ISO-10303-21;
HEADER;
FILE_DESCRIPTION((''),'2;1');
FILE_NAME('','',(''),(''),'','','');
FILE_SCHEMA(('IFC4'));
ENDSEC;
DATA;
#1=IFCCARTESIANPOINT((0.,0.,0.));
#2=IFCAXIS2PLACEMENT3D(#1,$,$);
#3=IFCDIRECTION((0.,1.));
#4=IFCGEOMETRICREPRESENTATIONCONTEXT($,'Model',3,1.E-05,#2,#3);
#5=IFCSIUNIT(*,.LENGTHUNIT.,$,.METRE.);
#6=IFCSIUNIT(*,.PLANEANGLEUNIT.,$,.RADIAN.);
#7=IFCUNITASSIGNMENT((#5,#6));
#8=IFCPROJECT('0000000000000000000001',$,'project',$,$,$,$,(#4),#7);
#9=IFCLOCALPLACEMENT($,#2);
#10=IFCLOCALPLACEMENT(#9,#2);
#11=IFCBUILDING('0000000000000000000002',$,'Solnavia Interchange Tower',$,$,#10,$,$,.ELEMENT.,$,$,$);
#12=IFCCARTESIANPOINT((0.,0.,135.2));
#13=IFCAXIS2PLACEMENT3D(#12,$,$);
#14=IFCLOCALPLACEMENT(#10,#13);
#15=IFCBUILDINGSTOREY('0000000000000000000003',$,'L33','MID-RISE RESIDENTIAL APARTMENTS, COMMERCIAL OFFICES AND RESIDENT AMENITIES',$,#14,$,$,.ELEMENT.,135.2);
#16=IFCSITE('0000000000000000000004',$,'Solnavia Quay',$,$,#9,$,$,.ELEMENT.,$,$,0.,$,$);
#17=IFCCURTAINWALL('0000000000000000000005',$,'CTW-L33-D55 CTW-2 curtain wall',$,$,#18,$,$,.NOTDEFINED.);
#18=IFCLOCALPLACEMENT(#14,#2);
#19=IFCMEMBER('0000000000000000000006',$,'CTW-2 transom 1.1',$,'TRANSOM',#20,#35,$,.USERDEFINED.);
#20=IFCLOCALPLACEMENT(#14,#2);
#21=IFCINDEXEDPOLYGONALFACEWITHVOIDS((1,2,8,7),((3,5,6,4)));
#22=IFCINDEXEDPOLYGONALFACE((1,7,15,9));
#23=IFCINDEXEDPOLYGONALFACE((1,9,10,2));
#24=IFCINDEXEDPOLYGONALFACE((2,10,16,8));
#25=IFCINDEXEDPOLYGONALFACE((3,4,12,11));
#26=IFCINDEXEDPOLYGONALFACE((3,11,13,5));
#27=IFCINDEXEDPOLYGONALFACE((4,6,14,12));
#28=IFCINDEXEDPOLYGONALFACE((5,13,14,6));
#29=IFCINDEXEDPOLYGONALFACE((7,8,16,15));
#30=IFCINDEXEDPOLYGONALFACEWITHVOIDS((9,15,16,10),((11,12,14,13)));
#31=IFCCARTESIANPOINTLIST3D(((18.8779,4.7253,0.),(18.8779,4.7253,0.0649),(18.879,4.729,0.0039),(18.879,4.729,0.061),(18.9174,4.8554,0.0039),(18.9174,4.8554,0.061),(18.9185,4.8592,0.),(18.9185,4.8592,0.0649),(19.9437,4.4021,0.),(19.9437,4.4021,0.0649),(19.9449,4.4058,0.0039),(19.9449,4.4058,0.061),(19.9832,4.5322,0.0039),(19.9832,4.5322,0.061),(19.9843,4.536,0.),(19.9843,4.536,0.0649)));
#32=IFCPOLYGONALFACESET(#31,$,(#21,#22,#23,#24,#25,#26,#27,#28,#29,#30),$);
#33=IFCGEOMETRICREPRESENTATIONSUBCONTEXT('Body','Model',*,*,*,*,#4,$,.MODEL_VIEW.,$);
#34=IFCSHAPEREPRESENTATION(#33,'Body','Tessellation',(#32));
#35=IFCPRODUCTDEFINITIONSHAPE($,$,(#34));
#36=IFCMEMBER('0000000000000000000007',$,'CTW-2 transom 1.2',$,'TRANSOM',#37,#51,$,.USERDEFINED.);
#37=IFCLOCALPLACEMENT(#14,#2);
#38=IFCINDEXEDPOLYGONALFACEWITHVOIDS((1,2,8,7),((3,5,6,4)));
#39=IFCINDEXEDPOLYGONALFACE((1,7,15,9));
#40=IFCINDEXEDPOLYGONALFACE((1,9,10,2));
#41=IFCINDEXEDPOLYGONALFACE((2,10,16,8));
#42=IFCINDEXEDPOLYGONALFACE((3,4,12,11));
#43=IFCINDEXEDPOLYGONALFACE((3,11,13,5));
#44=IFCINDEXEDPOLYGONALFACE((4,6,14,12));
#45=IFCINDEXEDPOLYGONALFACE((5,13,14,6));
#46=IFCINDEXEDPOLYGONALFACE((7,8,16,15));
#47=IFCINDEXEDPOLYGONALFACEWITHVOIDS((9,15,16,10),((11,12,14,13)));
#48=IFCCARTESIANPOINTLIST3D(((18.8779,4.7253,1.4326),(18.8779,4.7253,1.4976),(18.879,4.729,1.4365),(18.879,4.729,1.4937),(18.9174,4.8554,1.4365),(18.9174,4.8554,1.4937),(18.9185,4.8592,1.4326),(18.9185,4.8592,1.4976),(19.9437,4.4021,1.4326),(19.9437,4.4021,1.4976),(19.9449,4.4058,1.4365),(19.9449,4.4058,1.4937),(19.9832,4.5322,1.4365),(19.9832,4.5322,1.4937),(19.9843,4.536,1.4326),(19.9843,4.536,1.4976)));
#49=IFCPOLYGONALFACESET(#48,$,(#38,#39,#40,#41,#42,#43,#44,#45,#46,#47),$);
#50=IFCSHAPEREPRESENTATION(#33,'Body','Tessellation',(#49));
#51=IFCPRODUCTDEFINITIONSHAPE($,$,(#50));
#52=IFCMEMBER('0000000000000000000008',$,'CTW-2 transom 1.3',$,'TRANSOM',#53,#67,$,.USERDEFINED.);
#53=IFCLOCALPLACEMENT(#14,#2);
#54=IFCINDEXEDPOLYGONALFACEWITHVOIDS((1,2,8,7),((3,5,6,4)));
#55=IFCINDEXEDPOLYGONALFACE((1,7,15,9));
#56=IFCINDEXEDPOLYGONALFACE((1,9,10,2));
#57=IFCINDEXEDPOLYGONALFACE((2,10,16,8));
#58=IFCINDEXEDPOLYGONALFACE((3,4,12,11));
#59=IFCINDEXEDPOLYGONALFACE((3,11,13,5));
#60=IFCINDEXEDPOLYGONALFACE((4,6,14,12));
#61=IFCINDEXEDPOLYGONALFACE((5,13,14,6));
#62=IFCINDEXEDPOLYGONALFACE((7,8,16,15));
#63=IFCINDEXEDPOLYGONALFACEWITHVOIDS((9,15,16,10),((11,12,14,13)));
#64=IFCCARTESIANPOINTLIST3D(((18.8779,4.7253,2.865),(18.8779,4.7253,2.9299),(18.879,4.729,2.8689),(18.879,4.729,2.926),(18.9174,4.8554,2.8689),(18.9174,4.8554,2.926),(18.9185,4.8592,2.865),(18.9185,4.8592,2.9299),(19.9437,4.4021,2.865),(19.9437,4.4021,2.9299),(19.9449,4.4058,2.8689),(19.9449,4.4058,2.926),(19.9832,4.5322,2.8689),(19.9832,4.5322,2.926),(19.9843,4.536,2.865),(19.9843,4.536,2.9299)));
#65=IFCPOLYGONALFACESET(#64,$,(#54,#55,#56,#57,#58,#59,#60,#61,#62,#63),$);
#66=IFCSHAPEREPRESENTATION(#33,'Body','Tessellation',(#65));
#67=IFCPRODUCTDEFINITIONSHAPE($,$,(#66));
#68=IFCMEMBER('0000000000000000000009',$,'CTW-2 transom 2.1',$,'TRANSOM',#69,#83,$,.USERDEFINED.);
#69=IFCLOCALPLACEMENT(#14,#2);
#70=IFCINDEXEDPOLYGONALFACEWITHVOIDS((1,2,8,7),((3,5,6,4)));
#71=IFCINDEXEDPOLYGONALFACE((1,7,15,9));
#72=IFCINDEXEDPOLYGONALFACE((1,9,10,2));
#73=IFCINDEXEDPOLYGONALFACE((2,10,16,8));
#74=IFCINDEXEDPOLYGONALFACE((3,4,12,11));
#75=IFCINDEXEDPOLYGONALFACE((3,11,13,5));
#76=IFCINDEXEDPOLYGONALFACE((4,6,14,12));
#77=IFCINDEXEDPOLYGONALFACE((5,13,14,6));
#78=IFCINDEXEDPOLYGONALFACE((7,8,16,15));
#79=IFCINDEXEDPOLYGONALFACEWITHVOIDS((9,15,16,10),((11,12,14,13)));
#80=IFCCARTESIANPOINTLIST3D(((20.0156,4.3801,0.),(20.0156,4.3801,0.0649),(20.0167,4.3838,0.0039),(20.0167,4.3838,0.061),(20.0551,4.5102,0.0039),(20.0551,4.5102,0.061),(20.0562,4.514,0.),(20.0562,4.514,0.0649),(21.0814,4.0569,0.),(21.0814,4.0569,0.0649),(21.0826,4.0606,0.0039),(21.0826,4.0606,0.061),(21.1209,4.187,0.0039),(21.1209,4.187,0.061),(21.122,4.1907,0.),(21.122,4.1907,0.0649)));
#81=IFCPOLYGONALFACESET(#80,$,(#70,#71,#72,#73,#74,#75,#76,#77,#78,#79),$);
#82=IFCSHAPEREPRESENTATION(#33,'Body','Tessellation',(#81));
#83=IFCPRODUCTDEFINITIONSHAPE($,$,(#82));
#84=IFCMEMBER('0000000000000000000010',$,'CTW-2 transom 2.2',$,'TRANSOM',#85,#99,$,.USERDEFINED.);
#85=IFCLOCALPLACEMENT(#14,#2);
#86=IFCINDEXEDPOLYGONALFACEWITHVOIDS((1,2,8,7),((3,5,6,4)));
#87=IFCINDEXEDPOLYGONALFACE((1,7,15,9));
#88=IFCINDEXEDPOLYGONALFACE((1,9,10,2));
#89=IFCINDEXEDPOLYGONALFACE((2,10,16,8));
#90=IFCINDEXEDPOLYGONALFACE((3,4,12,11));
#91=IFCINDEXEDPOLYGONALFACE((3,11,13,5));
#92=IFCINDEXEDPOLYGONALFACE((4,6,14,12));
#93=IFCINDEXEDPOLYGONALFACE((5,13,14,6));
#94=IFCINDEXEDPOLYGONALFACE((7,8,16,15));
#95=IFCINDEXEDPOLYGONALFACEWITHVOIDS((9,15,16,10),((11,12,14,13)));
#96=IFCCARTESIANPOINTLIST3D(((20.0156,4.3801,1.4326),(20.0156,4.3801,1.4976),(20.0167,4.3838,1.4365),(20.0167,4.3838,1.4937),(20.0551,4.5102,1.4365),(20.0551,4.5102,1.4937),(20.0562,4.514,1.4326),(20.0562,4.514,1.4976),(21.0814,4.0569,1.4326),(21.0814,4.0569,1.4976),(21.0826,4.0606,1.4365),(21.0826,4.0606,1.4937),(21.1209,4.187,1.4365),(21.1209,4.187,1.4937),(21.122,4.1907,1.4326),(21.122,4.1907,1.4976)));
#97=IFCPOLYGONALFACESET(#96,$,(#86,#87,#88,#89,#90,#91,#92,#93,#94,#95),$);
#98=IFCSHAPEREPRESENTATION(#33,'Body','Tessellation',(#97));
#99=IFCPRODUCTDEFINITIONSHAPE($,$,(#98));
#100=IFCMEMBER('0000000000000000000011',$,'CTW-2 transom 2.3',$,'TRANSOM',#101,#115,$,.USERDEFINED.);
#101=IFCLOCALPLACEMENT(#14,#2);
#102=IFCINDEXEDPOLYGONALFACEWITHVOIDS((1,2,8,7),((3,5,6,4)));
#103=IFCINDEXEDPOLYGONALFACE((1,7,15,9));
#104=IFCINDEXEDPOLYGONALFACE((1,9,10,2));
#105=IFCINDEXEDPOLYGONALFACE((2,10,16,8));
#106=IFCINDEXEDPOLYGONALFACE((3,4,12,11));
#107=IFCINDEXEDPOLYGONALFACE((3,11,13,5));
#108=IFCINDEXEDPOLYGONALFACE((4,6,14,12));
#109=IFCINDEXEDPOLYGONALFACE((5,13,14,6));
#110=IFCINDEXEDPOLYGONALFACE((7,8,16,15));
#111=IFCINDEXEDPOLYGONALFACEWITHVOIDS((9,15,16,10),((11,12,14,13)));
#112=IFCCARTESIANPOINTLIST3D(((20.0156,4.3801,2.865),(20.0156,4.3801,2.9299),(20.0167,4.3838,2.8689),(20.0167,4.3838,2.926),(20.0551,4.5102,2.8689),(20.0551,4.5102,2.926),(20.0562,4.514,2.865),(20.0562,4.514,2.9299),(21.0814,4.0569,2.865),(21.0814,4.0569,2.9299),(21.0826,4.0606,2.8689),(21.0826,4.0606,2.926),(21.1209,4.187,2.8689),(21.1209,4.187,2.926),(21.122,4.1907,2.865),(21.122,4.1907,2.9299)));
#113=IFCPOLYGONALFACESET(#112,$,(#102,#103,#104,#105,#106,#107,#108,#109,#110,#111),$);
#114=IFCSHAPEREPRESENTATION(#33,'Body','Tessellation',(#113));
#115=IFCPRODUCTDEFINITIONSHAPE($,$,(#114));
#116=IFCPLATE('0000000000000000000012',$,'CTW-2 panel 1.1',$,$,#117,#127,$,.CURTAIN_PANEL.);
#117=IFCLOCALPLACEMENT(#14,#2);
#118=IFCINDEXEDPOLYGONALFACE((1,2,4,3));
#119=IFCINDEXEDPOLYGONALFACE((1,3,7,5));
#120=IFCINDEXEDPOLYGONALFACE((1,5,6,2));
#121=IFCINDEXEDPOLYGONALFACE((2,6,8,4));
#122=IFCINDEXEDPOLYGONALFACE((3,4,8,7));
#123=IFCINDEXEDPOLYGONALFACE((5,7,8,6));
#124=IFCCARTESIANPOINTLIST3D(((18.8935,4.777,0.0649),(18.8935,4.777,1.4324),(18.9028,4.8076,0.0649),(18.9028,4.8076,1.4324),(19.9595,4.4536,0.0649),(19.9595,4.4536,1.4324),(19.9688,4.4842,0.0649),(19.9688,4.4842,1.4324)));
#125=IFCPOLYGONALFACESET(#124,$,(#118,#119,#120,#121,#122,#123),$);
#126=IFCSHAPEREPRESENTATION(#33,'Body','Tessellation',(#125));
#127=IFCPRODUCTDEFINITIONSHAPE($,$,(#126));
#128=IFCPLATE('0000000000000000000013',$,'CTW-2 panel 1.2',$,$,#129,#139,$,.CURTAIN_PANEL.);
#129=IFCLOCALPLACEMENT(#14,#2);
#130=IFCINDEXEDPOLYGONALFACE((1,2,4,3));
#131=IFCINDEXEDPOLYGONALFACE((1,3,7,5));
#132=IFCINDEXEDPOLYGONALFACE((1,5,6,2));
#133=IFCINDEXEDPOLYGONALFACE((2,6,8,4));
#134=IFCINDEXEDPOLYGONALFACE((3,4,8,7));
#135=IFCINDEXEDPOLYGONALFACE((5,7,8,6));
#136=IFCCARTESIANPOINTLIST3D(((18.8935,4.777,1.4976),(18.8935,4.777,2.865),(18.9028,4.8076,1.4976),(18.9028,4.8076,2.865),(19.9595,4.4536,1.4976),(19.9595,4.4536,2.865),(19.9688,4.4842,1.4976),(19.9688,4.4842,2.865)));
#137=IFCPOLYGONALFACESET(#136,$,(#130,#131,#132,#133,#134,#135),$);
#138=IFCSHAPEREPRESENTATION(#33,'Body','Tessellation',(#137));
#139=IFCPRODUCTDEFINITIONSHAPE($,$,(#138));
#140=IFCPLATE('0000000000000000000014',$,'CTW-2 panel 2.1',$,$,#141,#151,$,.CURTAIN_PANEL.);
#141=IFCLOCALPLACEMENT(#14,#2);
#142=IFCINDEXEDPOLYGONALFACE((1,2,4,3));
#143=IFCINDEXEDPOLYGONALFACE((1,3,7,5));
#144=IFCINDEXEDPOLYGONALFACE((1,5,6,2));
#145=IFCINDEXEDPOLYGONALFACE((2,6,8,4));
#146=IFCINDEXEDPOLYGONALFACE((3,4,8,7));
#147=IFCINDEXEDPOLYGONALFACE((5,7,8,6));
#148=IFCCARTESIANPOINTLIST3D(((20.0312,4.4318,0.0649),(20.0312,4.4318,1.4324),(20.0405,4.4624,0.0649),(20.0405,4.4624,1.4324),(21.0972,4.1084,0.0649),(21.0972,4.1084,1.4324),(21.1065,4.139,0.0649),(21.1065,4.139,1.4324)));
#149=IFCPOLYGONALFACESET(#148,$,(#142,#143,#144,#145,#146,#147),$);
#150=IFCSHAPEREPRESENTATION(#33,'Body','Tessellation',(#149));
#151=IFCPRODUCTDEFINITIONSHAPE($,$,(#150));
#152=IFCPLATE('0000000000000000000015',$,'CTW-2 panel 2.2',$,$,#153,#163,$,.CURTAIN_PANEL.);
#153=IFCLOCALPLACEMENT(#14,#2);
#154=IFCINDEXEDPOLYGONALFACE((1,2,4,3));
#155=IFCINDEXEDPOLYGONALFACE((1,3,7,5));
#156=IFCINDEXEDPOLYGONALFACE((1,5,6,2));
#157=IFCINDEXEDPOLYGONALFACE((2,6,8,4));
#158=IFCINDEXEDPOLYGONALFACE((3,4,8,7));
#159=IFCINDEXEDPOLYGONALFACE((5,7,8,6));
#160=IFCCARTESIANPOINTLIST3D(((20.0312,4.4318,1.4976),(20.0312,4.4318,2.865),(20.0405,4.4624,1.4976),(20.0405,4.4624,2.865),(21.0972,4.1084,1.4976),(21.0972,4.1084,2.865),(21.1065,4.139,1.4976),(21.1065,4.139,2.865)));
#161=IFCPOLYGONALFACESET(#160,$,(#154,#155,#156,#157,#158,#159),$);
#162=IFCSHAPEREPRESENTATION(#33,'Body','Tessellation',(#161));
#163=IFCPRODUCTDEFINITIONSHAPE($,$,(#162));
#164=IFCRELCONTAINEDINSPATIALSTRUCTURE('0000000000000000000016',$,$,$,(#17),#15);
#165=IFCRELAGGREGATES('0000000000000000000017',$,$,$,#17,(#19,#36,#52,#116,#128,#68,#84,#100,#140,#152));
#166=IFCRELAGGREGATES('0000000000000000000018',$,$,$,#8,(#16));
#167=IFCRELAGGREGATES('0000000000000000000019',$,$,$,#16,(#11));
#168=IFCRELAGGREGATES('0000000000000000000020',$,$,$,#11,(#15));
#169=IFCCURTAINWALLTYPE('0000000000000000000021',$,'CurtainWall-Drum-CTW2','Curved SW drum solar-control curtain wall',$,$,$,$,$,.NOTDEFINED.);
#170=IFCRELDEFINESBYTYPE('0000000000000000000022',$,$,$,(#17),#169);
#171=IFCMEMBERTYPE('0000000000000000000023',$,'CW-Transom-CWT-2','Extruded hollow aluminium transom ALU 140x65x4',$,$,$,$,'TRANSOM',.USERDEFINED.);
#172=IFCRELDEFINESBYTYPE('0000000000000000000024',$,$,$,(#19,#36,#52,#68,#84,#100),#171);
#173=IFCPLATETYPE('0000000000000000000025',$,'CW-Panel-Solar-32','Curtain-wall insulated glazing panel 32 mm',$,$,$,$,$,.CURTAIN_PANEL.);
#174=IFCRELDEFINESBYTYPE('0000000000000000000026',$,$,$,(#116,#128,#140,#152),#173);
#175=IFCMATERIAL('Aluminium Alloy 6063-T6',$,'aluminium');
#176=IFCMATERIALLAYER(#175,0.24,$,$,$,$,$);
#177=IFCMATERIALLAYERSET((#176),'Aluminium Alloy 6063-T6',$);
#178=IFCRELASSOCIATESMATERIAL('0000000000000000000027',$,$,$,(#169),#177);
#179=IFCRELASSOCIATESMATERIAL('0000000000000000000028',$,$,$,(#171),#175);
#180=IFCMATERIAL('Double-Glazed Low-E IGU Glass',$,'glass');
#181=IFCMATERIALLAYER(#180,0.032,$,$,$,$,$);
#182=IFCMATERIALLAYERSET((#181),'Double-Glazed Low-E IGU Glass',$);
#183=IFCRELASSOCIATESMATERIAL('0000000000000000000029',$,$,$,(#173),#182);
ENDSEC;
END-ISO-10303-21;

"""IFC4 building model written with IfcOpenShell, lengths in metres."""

from ifc_helpers import new_model, si_unit, direction, frame, origin, origin_2d, place, context, subcontext, project, spatial, rectangle, hollow_rectangle, extrude, material, layer, layer_set, material_profile, profile_set, type_object, element, aggregate, save


model = new_model("IFC4")

# Units and contexts
model_context = context("Model", 3, precision=1e-05, world=origin(), true_north=direction((0.0, 1.0)))
body_context = subcontext(model_context, "Body", "Model", "MODEL_VIEW")
ifc_project = project(units=[si_unit("LENGTHUNIT", "METRE"), si_unit("PLANEANGLEUNIT", "RADIAN")], contexts=[model_context])

# Site, building, storey
site_placement = place(None, origin())
site = spatial("IfcSite", under=ifc_project, at=site_placement, Name="Solnavia Quay", CompositionType="ELEMENT", RefElevation=0.0)
building_placement = place(site_placement, origin())
building = spatial("IfcBuilding", under=site, at=building_placement, Name="Solnavia Interchange Tower", CompositionType="ELEMENT")
storey_placement = place(building_placement, frame((0.0, 0.0, 135.2)))
storey = spatial("IfcBuildingStorey", under=building, at=storey_placement, Name="L33", Description="MID-RISE RESIDENTIAL APARTMENTS, COMMERCIAL OFFICES AND RESIDENT AMENITIES", CompositionType="ELEMENT", Elevation=135.2)

# Curtain wall, members, plates
ifc_material_1 = material(Name="Aluminium Alloy 6063-T6", Category="aluminium")
ifc_layer_1 = layer(ifc_material_1, 0.24)
ifc_layer_set_1 = layer_set([ifc_layer_1], Name="Aluminium Alloy 6063-T6")
curtain_wall_type = type_object("IfcCurtainWallType", Name="CurtainWall-Drum-CTW2", Description="Curved SW drum solar-control curtain wall", PredefinedType="NOTDEFINED", material=ifc_layer_set_1)
curtain_wall_placement = place(storey_placement, origin())
curtain_wall = element("IfcCurtainWall", 1, at=curtain_wall_placement, inside=storey, type_object=curtain_wall_type, Name="CTW-L33-D55 CTW-2 curtain wall", PredefinedType="NOTDEFINED")
ifc_material_profile_1 = material_profile(ifc_material_1, hollow_rectangle(XDim=0.0649, YDim=0.1399, WallThickness=0.0039, at=origin_2d()), Name="ALU 140x65x4")
ifc_profile_set_1 = profile_set([ifc_material_profile_1], Name="Aluminium Alloy 6063-T6")
member_type_1 = type_object("IfcMemberType", Name="CW-Transom-CWT-2", Description="Extruded hollow aluminium transom ALU 140x65x4", ElementType="TRANSOM", PredefinedType="USERDEFINED", material=ifc_profile_set_1)
member_1_placement = place(storey_placement, frame((18.8982, 4.7922, 0.0325), z_axis=(0.956965, -0.290202, 0.0), x_axis=(0.0, 0.0, 1.0)))
member_1 = element("IfcMember", 2, at=member_1_placement, type_object=member_type_1, Name="CTW-2 transom 1.1", ObjectType="TRANSOM", PredefinedType="USERDEFINED", context=body_context, shape_type="SweptSolid", body=[
    extrude(hollow_rectangle(XDim=0.0649, YDim=0.1399, WallThickness=0.0039, at=origin_2d()), origin(), (0.0, 0.0, 1.0), 1.1138),
])
member_2_placement = place(storey_placement, frame((18.8982, 4.7922, 1.4651), z_axis=(0.956965, -0.290202, 0.0), x_axis=(0.0, 0.0, 1.0)))
member_2 = element("IfcMember", 3, at=member_2_placement, type_object=member_type_1, Name="CTW-2 transom 1.2", ObjectType="TRANSOM", PredefinedType="USERDEFINED", context=body_context, shape_type="SweptSolid", body=[
    extrude(hollow_rectangle(XDim=0.0649, YDim=0.1399, WallThickness=0.0039, at=origin_2d()), origin(), (0.0, 0.0, 1.0), 1.1138),
])
member_3_placement = place(storey_placement, frame((18.8982, 4.7922, 2.8975), z_axis=(0.956965, -0.290202, 0.0), x_axis=(0.0, 0.0, 1.0)))
member_3 = element("IfcMember", 4, at=member_3_placement, type_object=member_type_1, Name="CTW-2 transom 1.3", ObjectType="TRANSOM", PredefinedType="USERDEFINED", context=body_context, shape_type="SweptSolid", body=[
    extrude(hollow_rectangle(XDim=0.0649, YDim=0.1399, WallThickness=0.0039, at=origin_2d()), origin(), (0.0, 0.0, 1.0), 1.1138),
])
member_4_placement = place(storey_placement, frame((20.0359, 4.447, 0.0325), z_axis=(0.956965, -0.290202, 0.0), x_axis=(0.0, 0.0, 1.0)))
member_4 = element("IfcMember", 5, at=member_4_placement, type_object=member_type_1, Name="CTW-2 transom 2.1", ObjectType="TRANSOM", PredefinedType="USERDEFINED", context=body_context, shape_type="SweptSolid", body=[
    extrude(hollow_rectangle(XDim=0.0649, YDim=0.1399, WallThickness=0.0039, at=origin_2d()), origin(), (0.0, 0.0, 1.0), 1.1138),
])
member_5_placement = place(storey_placement, frame((20.0359, 4.447, 1.4651), z_axis=(0.956965, -0.290202, 0.0), x_axis=(0.0, 0.0, 1.0)))
member_5 = element("IfcMember", 6, at=member_5_placement, type_object=member_type_1, Name="CTW-2 transom 2.2", ObjectType="TRANSOM", PredefinedType="USERDEFINED", context=body_context, shape_type="SweptSolid", body=[
    extrude(hollow_rectangle(XDim=0.0649, YDim=0.1399, WallThickness=0.0039, at=origin_2d()), origin(), (0.0, 0.0, 1.0), 1.1138),
])
member_6_placement = place(storey_placement, frame((20.0359, 4.447, 2.8975), z_axis=(0.956965, -0.290202, 0.0), x_axis=(0.0, 0.0, 1.0)))
member_6 = element("IfcMember", 7, at=member_6_placement, type_object=member_type_1, Name="CTW-2 transom 2.3", ObjectType="TRANSOM", PredefinedType="USERDEFINED", context=body_context, shape_type="SweptSolid", body=[
    extrude(hollow_rectangle(XDim=0.0649, YDim=0.1399, WallThickness=0.0039, at=origin_2d()), origin(), (0.0, 0.0, 1.0), 1.1138),
])
ifc_material_2 = material(Name="Double-Glazed Low-E IGU Glass", Category="glass")
ifc_layer_2 = layer(ifc_material_2, 0.032)
ifc_layer_set_2 = layer_set([ifc_layer_2], Name="Double-Glazed Low-E IGU Glass")
plate_type = type_object("IfcPlateType", Name="CW-Panel-Solar-32", Description="Curtain-wall insulated glazing panel 32 mm", PredefinedType="CURTAIN_PANEL", material=ifc_layer_set_2)
plate_1_placement = place(storey_placement, frame((19.4312, 4.6306, 0.0649), z_axis=(0.0, 0.0, 1.0), x_axis=(0.956942, -0.290279, 0.0)))
plate_1 = element("IfcPlate", 8, at=plate_1_placement, type_object=plate_type, Name="CTW-2 panel 1.1", PredefinedType="CURTAIN_PANEL", context=body_context, shape_type="SweptSolid", body=[
    extrude(rectangle(XDim=1.114, YDim=0.032, at=origin_2d()), origin(), (0.0, 0.0, 1.0), 1.3674),
])
plate_2_placement = place(storey_placement, frame((19.4312, 4.6306, 1.4976), z_axis=(0.0, 0.0, 1.0), x_axis=(0.956942, -0.290279, 0.0)))
plate_2 = element("IfcPlate", 9, at=plate_2_placement, type_object=plate_type, Name="CTW-2 panel 1.2", PredefinedType="CURTAIN_PANEL", context=body_context, shape_type="SweptSolid", body=[
    extrude(rectangle(XDim=1.114, YDim=0.032, at=origin_2d()), origin(), (0.0, 0.0, 1.0), 1.3674),
])
plate_3_placement = place(storey_placement, frame((20.5688, 4.2854, 0.0649), z_axis=(0.0, 0.0, 1.0), x_axis=(0.956942, -0.290279, 0.0)))
plate_3 = element("IfcPlate", 10, at=plate_3_placement, type_object=plate_type, Name="CTW-2 panel 2.1", PredefinedType="CURTAIN_PANEL", context=body_context, shape_type="SweptSolid", body=[
    extrude(rectangle(XDim=1.114, YDim=0.032, at=origin_2d()), origin(), (0.0, 0.0, 1.0), 1.3674),
])
plate_4_placement = place(storey_placement, frame((20.5688, 4.2854, 1.4976), z_axis=(0.0, 0.0, 1.0), x_axis=(0.956942, -0.290279, 0.0)))
plate_4 = element("IfcPlate", 11, at=plate_4_placement, type_object=plate_type, Name="CTW-2 panel 2.2", PredefinedType="CURTAIN_PANEL", context=body_context, shape_type="SweptSolid", body=[
    extrude(rectangle(XDim=1.114, YDim=0.032, at=origin_2d()), origin(), (0.0, 0.0, 1.0), 1.3674),
])
aggregate(curtain_wall, [member_1, member_2, member_3, plate_1, plate_2, member_4, member_5, member_6, plate_3, plate_4])

save(model, "model.ifc")
